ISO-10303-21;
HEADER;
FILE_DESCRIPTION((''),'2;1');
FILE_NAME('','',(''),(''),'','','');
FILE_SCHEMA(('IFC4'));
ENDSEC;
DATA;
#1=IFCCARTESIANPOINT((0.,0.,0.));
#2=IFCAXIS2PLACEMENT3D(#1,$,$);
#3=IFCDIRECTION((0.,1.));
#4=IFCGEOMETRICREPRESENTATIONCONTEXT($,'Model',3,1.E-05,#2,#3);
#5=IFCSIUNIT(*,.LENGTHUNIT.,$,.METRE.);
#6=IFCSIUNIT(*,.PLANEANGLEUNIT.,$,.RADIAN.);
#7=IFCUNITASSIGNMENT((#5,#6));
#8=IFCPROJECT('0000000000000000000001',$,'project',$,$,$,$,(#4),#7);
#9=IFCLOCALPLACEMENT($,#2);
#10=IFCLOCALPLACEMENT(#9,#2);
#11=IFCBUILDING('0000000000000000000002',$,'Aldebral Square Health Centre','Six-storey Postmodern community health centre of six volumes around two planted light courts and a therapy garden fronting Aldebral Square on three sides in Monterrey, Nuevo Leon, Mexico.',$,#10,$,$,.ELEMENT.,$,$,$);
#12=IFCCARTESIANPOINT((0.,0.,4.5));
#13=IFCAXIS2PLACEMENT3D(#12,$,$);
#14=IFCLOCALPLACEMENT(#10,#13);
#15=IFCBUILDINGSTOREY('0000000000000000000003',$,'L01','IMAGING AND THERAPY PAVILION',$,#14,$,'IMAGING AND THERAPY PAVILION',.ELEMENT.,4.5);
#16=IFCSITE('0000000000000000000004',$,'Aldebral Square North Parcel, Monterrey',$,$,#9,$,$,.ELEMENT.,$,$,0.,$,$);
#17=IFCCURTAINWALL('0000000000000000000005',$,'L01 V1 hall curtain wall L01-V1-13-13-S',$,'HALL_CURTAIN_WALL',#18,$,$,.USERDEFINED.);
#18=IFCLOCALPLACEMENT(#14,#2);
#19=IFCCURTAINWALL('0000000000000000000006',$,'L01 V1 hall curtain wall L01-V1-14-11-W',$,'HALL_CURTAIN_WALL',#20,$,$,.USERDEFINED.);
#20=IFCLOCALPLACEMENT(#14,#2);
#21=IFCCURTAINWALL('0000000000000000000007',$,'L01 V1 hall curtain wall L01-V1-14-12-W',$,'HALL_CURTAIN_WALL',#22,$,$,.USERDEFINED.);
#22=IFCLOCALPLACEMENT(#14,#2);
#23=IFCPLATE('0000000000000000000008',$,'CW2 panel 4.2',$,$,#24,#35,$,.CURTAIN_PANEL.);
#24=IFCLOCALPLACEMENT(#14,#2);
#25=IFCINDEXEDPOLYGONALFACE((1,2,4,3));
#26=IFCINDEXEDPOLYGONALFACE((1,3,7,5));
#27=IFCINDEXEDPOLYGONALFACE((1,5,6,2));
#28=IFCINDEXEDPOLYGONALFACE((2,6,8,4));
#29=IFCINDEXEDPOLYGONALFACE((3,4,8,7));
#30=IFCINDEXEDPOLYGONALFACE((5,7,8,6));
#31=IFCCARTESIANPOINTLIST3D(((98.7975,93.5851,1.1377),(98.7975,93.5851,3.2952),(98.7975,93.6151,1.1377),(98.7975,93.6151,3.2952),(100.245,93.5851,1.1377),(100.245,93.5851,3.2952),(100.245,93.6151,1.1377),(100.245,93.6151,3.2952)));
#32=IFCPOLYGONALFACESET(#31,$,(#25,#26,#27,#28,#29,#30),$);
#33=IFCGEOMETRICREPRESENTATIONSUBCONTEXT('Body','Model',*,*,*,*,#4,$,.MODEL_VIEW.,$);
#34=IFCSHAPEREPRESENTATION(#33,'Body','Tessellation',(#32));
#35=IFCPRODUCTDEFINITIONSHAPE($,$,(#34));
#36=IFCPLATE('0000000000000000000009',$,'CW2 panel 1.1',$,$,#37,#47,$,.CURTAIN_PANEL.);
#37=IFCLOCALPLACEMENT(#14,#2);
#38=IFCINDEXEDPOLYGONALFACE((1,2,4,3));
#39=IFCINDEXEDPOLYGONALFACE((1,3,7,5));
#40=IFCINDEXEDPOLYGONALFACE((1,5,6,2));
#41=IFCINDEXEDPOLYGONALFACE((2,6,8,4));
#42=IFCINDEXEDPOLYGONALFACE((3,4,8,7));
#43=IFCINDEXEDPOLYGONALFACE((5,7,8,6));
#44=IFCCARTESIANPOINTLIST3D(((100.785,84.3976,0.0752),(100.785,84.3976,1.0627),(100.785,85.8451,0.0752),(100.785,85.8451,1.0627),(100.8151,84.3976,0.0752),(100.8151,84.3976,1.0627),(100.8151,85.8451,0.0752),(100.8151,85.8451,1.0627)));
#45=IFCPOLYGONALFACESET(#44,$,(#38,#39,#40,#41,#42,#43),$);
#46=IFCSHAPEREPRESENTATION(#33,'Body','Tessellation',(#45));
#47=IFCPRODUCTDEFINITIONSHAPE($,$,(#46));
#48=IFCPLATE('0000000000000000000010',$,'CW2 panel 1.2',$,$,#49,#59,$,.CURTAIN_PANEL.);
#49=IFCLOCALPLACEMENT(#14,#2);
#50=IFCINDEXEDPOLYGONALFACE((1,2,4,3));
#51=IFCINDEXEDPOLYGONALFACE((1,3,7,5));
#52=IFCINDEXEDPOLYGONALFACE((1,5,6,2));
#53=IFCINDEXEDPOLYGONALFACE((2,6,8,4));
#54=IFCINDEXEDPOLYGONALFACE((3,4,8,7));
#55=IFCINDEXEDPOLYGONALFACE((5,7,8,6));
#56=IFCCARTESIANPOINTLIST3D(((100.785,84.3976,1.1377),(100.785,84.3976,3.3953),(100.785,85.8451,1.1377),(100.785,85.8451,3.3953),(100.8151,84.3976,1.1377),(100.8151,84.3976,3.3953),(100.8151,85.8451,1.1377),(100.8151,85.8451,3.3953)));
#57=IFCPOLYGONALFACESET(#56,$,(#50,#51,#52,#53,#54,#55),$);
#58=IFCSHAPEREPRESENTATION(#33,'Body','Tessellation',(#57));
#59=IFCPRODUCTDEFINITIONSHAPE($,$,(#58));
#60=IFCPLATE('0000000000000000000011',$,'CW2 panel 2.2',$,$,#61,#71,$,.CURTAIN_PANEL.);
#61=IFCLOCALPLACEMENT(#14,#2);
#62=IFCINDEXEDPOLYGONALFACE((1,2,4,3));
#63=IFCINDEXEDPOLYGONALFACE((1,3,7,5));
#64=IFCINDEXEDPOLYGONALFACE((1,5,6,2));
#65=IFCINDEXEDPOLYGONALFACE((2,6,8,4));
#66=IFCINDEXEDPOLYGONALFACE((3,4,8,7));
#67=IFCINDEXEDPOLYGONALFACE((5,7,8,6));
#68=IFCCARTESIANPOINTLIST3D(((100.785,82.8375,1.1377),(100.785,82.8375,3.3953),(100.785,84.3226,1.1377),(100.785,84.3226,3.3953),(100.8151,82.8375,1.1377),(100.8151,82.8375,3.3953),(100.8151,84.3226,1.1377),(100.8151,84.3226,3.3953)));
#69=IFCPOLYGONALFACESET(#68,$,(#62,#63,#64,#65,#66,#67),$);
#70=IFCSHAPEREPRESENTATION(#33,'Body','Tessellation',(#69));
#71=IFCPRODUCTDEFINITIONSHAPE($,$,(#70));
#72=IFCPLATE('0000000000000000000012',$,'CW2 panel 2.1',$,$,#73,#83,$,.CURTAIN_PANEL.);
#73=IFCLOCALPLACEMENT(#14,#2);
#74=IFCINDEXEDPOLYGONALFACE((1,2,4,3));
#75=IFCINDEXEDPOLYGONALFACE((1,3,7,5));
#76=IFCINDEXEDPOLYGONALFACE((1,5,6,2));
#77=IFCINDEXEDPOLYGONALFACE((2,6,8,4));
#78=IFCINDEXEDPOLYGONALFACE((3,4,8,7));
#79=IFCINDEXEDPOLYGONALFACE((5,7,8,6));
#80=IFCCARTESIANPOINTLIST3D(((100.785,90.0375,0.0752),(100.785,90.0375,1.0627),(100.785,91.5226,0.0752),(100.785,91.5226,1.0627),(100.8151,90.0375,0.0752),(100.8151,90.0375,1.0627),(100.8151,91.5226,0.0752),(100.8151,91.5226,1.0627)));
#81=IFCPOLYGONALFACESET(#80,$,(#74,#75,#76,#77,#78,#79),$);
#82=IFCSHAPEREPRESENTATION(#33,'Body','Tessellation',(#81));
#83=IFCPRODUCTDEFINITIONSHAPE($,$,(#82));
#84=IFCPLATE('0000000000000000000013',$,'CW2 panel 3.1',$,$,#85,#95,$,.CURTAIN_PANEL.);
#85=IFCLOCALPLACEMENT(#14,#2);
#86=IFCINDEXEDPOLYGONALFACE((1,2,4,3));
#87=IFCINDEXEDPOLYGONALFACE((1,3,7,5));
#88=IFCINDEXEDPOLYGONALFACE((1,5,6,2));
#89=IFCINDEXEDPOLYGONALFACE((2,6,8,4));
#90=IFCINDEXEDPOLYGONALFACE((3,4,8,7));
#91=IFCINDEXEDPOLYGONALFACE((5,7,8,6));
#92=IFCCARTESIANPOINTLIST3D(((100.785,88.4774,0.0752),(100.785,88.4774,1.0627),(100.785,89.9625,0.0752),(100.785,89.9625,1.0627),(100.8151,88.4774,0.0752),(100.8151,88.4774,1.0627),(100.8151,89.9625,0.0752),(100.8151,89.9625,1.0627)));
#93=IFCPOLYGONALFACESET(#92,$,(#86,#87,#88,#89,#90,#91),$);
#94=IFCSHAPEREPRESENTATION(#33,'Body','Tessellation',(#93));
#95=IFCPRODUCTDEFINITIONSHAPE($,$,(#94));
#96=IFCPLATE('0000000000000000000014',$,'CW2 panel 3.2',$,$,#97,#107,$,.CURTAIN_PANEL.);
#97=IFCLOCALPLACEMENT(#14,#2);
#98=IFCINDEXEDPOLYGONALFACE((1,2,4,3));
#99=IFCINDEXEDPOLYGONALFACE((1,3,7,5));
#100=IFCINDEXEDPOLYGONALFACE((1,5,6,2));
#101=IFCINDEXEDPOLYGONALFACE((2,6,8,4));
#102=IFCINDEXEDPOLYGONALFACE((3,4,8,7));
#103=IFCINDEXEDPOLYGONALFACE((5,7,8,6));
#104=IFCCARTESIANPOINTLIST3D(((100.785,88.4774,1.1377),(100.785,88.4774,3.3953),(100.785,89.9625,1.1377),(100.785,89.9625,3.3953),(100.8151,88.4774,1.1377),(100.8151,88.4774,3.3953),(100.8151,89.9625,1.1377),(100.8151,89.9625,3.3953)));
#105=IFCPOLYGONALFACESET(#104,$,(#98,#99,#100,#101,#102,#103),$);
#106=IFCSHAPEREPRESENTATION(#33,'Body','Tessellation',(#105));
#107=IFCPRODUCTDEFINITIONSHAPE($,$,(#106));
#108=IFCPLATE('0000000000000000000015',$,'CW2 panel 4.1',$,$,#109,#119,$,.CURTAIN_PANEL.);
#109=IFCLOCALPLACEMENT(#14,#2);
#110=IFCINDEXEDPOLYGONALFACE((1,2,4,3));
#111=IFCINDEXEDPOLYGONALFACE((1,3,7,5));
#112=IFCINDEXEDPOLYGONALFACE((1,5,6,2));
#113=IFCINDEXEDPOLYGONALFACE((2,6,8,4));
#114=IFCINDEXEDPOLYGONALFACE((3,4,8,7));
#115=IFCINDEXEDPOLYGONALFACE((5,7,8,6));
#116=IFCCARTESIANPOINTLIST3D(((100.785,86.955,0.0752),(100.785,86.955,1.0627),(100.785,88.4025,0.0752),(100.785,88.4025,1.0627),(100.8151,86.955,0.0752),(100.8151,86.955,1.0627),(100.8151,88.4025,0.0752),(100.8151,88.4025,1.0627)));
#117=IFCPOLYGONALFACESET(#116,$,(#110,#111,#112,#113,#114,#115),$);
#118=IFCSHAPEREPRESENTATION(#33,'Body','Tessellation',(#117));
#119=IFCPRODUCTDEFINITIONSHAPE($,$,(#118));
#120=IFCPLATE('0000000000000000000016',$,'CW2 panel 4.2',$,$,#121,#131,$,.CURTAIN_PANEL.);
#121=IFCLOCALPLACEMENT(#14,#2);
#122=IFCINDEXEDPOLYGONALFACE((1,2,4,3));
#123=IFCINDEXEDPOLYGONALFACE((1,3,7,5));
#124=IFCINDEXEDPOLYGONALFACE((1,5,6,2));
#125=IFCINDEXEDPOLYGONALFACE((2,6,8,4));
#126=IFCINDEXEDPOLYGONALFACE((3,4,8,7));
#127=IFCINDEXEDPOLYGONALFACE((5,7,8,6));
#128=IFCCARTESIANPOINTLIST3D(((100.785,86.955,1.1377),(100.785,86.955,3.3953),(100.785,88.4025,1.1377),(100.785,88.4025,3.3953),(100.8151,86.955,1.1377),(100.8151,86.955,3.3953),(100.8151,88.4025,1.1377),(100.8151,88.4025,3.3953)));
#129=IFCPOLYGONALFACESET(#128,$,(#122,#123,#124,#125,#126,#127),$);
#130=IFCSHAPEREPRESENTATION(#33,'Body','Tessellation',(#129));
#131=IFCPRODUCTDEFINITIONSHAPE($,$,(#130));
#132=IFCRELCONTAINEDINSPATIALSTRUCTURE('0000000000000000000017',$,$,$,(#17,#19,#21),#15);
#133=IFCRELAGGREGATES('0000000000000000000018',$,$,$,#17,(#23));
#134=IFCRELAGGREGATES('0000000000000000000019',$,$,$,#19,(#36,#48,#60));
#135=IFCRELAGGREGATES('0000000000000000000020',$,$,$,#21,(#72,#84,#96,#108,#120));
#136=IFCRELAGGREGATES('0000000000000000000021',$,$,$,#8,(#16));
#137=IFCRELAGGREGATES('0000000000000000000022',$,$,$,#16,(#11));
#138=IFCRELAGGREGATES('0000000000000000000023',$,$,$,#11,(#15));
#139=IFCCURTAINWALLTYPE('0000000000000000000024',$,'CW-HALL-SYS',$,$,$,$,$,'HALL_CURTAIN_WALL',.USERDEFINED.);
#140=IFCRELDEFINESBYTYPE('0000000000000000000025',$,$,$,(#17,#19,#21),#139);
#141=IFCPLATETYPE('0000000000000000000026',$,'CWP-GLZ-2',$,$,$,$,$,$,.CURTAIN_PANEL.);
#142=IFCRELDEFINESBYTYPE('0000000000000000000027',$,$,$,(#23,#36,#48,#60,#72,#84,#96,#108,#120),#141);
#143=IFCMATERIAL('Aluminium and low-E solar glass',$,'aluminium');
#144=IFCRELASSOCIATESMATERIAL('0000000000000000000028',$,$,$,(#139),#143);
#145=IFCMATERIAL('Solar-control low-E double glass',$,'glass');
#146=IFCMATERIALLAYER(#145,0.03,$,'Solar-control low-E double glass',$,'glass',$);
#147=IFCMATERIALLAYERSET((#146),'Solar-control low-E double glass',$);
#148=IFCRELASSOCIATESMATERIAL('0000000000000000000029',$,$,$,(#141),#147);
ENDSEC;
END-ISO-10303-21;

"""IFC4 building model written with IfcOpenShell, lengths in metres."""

from ifc_helpers import new_model, si_unit, direction, frame, origin, origin_2d, place, context, subcontext, project, spatial, rectangle, extrude, material, layer, layer_set, type_object, element, aggregate, save


model = new_model("IFC4")

# Units and contexts
model_context = context("Model", 3, precision=1e-05, world=origin(), true_north=direction((0.0, 1.0)))
body_context = subcontext(model_context, "Body", "Model", "MODEL_VIEW")
ifc_project = project(units=[si_unit("LENGTHUNIT", "METRE"), si_unit("PLANEANGLEUNIT", "RADIAN")], contexts=[model_context])

# Site, building, storey
site_placement = place(None, origin())
site = spatial("IfcSite", under=ifc_project, at=site_placement, Name="Aldebral Square North Parcel, Monterrey", CompositionType="ELEMENT", RefElevation=0.0)
building_placement = place(site_placement, origin())
building = spatial("IfcBuilding", under=site, at=building_placement, Name="Aldebral Square Health Centre", Description="Six-storey Postmodern community health centre of six volumes around two planted light courts and a therapy garden fronting Aldebral Square on three sides in Monterrey, Nuevo Leon, Mexico.", CompositionType="ELEMENT")
storey_placement = place(building_placement, frame((0.0, 0.0, 4.5)))
storey = spatial("IfcBuildingStorey", under=building, at=storey_placement, Name="L01", Description="IMAGING AND THERAPY PAVILION", LongName="IMAGING AND THERAPY PAVILION", CompositionType="ELEMENT", Elevation=4.5)

# Curtain walls
ifc_material_1 = material(Name="Aluminium and low-E solar glass", Category="aluminium")
curtain_wall_type = type_object("IfcCurtainWallType", Name="CW-HALL-SYS", ElementType="HALL_CURTAIN_WALL", PredefinedType="USERDEFINED", material=ifc_material_1)
curtain_wall_1_placement = place(storey_placement, origin())
curtain_wall_1 = element("IfcCurtainWall", 1, at=curtain_wall_1_placement, inside=storey, type_object=curtain_wall_type, Name="L01 V1 hall curtain wall L01-V1-13-13-S", ObjectType="HALL_CURTAIN_WALL", PredefinedType="USERDEFINED")
curtain_wall_2_placement = place(storey_placement, origin())
curtain_wall_2 = element("IfcCurtainWall", 2, at=curtain_wall_2_placement, inside=storey, type_object=curtain_wall_type, Name="L01 V1 hall curtain wall L01-V1-14-11-W", ObjectType="HALL_CURTAIN_WALL", PredefinedType="USERDEFINED")
curtain_wall_3_placement = place(storey_placement, origin())
curtain_wall_3 = element("IfcCurtainWall", 3, at=curtain_wall_3_placement, inside=storey, type_object=curtain_wall_type, Name="L01 V1 hall curtain wall L01-V1-14-12-W", ObjectType="HALL_CURTAIN_WALL", PredefinedType="USERDEFINED")

# Plates
ifc_material_2 = material(Name="Solar-control low-E double glass", Category="glass")
ifc_layer = layer(ifc_material_2, 0.03, Name="Solar-control low-E double glass", Category="glass")
ifc_layer_set = layer_set([ifc_layer], Name="Solar-control low-E double glass")
plate_type = type_object("IfcPlateType", Name="CWP-GLZ-2", PredefinedType="CURTAIN_PANEL", material=ifc_layer_set)
plate_1_placement = place(storey_placement, frame((99.5212, 93.6001, 1.1377), z_axis=(0.0, 0.0, 1.0), x_axis=(1.0, 0.0, 0.0)))
plate_1 = element("IfcPlate", 4, at=plate_1_placement, type_object=plate_type, Name="CW2 panel 4.2", PredefinedType="CURTAIN_PANEL", context=body_context, shape_type="SweptSolid", body=[
    extrude(rectangle(XDim=1.4475, YDim=0.03, at=origin_2d()), origin(), (0.0, 0.0, 1.0), 2.1575),
])
aggregate(curtain_wall_1, [plate_1])
plate_2_placement = place(storey_placement, frame((100.8, 85.1213, 0.0752), z_axis=(0.0, 0.0, 1.0), x_axis=(0.0, -1.0, 0.0)))
plate_2 = element("IfcPlate", 5, at=plate_2_placement, type_object=plate_type, Name="CW2 panel 1.1", PredefinedType="CURTAIN_PANEL", context=body_context, shape_type="SweptSolid", body=[
    extrude(rectangle(XDim=1.4475, YDim=0.03, at=origin_2d()), origin(), (0.0, 0.0, 1.0), 0.9875),
])
plate_3_placement = place(storey_placement, frame((100.8, 85.1213, 1.1377), z_axis=(0.0, 0.0, 1.0), x_axis=(0.0, -1.0, 0.0)))
plate_3 = element("IfcPlate", 6, at=plate_3_placement, type_object=plate_type, Name="CW2 panel 1.2", PredefinedType="CURTAIN_PANEL", context=body_context, shape_type="SweptSolid", body=[
    extrude(rectangle(XDim=1.4475, YDim=0.03, at=origin_2d()), origin(), (0.0, 0.0, 1.0), 2.2576),
])
plate_4_placement = place(storey_placement, frame((100.8, 83.5801, 1.1377), z_axis=(0.0, 0.0, 1.0), x_axis=(0.0, -1.0, 0.0)))
plate_4 = element("IfcPlate", 7, at=plate_4_placement, type_object=plate_type, Name="CW2 panel 2.2", PredefinedType="CURTAIN_PANEL", context=body_context, shape_type="SweptSolid", body=[
    extrude(rectangle(XDim=1.4851, YDim=0.03, at=origin_2d()), origin(), (0.0, 0.0, 1.0), 2.2576),
])
aggregate(curtain_wall_2, [plate_2, plate_3, plate_4])
plate_5_placement = place(storey_placement, frame((100.8, 90.78, 0.0752), z_axis=(0.0, 0.0, 1.0), x_axis=(0.0, -1.0, 0.0)))
plate_5 = element("IfcPlate", 8, at=plate_5_placement, type_object=plate_type, Name="CW2 panel 2.1", PredefinedType="CURTAIN_PANEL", context=body_context, shape_type="SweptSolid", body=[
    extrude(rectangle(XDim=1.4851, YDim=0.03, at=origin_2d()), origin(), (0.0, 0.0, 1.0), 0.9875),
])
plate_6_placement = place(storey_placement, frame((100.8, 89.22, 0.0752), z_axis=(0.0, 0.0, 1.0), x_axis=(0.0, -1.0, 0.0)))
plate_6 = element("IfcPlate", 9, at=plate_6_placement, type_object=plate_type, Name="CW2 panel 3.1", PredefinedType="CURTAIN_PANEL", context=body_context, shape_type="SweptSolid", body=[
    extrude(rectangle(XDim=1.4851, YDim=0.03, at=origin_2d()), origin(), (0.0, 0.0, 1.0), 0.9875),
])
plate_7_placement = place(storey_placement, frame((100.8, 89.22, 1.1377), z_axis=(0.0, 0.0, 1.0), x_axis=(0.0, -1.0, 0.0)))
plate_7 = element("IfcPlate", 10, at=plate_7_placement, type_object=plate_type, Name="CW2 panel 3.2", PredefinedType="CURTAIN_PANEL", context=body_context, shape_type="SweptSolid", body=[
    extrude(rectangle(XDim=1.4851, YDim=0.03, at=origin_2d()), origin(), (0.0, 0.0, 1.0), 2.2576),
])
plate_8_placement = place(storey_placement, frame((100.8, 87.6787, 0.0752), z_axis=(0.0, 0.0, 1.0), x_axis=(0.0, -1.0, 0.0)))
plate_8 = element("IfcPlate", 11, at=plate_8_placement, type_object=plate_type, Name="CW2 panel 4.1", PredefinedType="CURTAIN_PANEL", context=body_context, shape_type="SweptSolid", body=[
    extrude(rectangle(XDim=1.4475, YDim=0.03, at=origin_2d()), origin(), (0.0, 0.0, 1.0), 0.9875),
])
plate_9_placement = place(storey_placement, frame((100.8, 87.6787, 1.1377), z_axis=(0.0, 0.0, 1.0), x_axis=(0.0, -1.0, 0.0)))
plate_9 = element("IfcPlate", 12, at=plate_9_placement, type_object=plate_type, Name="CW2 panel 4.2", PredefinedType="CURTAIN_PANEL", context=body_context, shape_type="SweptSolid", body=[
    extrude(rectangle(XDim=1.4475, YDim=0.03, at=origin_2d()), origin(), (0.0, 0.0, 1.0), 2.2576),
])
aggregate(curtain_wall_3, [plate_5, plate_6, plate_7, plate_8, plate_9])

save(model, "model.ifc")
